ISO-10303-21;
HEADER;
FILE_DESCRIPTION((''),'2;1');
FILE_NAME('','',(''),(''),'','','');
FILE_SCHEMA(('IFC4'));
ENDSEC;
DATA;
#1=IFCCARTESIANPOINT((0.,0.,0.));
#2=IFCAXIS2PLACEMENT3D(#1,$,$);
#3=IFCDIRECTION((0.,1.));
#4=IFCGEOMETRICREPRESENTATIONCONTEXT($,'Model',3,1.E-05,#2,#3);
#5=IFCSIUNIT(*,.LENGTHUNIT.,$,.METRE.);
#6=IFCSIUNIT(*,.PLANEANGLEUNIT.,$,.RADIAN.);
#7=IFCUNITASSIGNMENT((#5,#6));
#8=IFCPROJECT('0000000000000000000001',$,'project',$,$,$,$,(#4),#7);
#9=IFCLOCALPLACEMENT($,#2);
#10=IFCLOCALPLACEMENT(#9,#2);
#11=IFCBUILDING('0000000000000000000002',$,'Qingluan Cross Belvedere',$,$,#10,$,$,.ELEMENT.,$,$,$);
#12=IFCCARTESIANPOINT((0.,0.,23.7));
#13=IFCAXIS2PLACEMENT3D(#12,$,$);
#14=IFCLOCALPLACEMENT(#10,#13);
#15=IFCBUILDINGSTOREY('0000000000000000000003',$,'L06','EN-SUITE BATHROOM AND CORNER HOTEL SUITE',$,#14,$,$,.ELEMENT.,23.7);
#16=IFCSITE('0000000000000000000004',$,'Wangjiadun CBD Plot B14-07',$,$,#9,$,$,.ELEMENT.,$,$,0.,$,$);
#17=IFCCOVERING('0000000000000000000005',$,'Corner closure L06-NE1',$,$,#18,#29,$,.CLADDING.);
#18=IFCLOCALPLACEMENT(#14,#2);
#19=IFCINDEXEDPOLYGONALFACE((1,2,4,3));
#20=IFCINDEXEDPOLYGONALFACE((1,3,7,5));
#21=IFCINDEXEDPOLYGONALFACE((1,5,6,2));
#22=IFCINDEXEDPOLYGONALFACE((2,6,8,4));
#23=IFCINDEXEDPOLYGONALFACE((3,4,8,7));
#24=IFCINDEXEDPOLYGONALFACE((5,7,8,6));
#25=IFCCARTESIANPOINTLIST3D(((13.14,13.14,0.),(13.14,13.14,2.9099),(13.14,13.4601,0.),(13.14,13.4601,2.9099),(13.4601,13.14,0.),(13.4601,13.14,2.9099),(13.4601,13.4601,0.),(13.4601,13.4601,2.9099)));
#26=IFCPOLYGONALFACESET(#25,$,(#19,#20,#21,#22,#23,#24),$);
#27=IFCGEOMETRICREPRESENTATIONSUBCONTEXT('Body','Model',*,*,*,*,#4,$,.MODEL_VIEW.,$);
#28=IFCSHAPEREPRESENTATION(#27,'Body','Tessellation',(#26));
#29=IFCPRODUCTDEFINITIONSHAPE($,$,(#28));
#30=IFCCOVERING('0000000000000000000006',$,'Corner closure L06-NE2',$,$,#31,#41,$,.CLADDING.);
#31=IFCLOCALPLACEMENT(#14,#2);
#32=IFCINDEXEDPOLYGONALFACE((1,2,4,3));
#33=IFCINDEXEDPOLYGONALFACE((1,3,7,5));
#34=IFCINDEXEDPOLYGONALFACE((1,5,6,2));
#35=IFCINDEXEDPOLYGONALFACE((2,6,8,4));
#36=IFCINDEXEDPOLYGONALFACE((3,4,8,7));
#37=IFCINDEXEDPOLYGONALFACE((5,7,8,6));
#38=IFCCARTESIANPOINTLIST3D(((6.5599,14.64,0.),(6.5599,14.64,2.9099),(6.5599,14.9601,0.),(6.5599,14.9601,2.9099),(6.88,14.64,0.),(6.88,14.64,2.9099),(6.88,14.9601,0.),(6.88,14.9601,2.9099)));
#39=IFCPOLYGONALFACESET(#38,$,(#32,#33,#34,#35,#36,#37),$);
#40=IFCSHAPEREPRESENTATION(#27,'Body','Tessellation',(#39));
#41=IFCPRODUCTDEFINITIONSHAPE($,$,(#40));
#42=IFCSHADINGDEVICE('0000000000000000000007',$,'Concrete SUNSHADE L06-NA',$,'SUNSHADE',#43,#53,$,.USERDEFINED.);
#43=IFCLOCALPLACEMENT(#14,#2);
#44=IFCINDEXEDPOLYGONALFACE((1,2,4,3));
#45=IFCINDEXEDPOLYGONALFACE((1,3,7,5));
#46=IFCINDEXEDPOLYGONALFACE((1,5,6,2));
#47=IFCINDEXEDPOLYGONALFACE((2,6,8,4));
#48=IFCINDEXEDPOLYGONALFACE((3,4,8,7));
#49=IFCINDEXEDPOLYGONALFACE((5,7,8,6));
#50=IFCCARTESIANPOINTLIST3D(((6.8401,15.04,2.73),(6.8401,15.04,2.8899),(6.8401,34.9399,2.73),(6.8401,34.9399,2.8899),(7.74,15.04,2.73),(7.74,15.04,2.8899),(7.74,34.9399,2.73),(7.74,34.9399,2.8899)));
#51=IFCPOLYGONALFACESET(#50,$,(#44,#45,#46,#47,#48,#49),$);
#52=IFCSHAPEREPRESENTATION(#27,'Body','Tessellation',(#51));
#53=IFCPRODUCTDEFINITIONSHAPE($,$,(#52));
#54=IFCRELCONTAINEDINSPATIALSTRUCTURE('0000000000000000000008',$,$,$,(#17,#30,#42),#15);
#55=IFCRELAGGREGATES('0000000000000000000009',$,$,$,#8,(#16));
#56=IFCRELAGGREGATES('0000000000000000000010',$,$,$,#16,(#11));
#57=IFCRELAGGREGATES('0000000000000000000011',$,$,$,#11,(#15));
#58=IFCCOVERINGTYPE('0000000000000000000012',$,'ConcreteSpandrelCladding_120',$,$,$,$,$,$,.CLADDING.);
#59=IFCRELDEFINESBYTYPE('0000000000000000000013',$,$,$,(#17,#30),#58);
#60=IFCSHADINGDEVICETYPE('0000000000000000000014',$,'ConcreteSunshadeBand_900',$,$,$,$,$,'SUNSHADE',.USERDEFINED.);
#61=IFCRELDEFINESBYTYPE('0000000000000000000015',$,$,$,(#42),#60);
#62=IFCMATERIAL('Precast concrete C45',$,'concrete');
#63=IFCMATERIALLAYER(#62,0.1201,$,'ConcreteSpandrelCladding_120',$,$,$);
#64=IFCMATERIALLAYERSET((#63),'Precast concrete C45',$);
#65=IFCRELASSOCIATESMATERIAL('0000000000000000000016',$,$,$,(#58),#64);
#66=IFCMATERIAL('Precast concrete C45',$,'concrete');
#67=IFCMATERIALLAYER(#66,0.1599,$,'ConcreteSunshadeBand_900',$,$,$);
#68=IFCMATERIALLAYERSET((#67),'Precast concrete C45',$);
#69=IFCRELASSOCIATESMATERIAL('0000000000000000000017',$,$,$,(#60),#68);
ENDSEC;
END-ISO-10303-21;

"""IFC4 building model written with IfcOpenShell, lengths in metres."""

from ifc_helpers import new_model, si_unit, direction, frame, origin, origin_2d, place, context, subcontext, project, spatial, rectangle, extrude, material, layer, layer_set, type_object, element, save


model = new_model("IFC4")

# Units and contexts
model_context = context("Model", 3, precision=1e-05, world=origin(), true_north=direction((0.0, 1.0)))
body_context = subcontext(model_context, "Body", "Model", "MODEL_VIEW")
ifc_project = project(units=[si_unit("LENGTHUNIT", "METRE"), si_unit("PLANEANGLEUNIT", "RADIAN")], contexts=[model_context])

# Site, building, storey
site_placement = place(None, origin())
site = spatial("IfcSite", under=ifc_project, at=site_placement, Name="Wangjiadun CBD Plot B14-07", CompositionType="ELEMENT", RefElevation=0.0)
building_placement = place(site_placement, origin())
building = spatial("IfcBuilding", under=site, at=building_placement, Name="Qingluan Cross Belvedere", CompositionType="ELEMENT")
storey_placement = place(building_placement, frame((0.0, 0.0, 23.7)))
storey = spatial("IfcBuildingStorey", under=building, at=storey_placement, Name="L06", Description="EN-SUITE BATHROOM AND CORNER HOTEL SUITE", CompositionType="ELEMENT", Elevation=23.7)

# Coverings
ifc_material_1 = material(Name="Precast concrete C45", Category="concrete")
ifc_layer_1 = layer(ifc_material_1, 0.1201, Name="ConcreteSpandrelCladding_120")
ifc_layer_set_1 = layer_set([ifc_layer_1], Name="Precast concrete C45")
covering_type_1 = type_object("IfcCoveringType", Name="ConcreteSpandrelCladding_120", PredefinedType="CLADDING", material=ifc_layer_set_1)
for number, where, z_axis, x_axis, name in (
    (1, (13.3, 13.3, 0.0), (0.0, 0.0, 1.0), (1.0, 0.0, 0.0), "Corner closure L06-NE1"),
    (2, (6.72, 14.8, 0.0), (0.0, 0.0, 1.0), (1.0, 0.0, 0.0), "Corner closure L06-NE2"),
):
    element("IfcCovering", number, at=place(storey_placement, frame(where, z_axis=z_axis, x_axis=x_axis)), inside=storey, type_object=covering_type_1, Name=name, PredefinedType="CLADDING", context=body_context, shape_type="SweptSolid", body=[
        extrude(rectangle(XDim=0.3201, YDim=0.3201, at=origin_2d()), origin(), (0.0, 0.0, 1.0), 2.9099),
    ])

# Shading device
ifc_material_2 = material(Name="Precast concrete C45", Category="concrete")
ifc_layer_2 = layer(ifc_material_2, 0.1599, Name="ConcreteSunshadeBand_900")
ifc_layer_set_2 = layer_set([ifc_layer_2], Name="Precast concrete C45")
shading_device_type = type_object("IfcShadingDeviceType", Name="ConcreteSunshadeBand_900", ElementType="SUNSHADE", PredefinedType="USERDEFINED", material=ifc_layer_set_2)
shading_device_placement = place(storey_placement, frame((7.29, 24.99, 2.73), z_axis=(0.0, 0.0, 1.0), x_axis=(0.0, 1.0, 0.0)))
element("IfcShadingDevice", 3, at=shading_device_placement, inside=storey, type_object=shading_device_type, Name="Concrete SUNSHADE L06-NA", ObjectType="SUNSHADE", PredefinedType="USERDEFINED", context=body_context, shape_type="SweptSolid", body=[
    extrude(rectangle(XDim=19.8999, YDim=0.8999, at=origin_2d()), origin(), (0.0, 0.0, 1.0), 0.1599),
])

save(model, "model.ifc")
